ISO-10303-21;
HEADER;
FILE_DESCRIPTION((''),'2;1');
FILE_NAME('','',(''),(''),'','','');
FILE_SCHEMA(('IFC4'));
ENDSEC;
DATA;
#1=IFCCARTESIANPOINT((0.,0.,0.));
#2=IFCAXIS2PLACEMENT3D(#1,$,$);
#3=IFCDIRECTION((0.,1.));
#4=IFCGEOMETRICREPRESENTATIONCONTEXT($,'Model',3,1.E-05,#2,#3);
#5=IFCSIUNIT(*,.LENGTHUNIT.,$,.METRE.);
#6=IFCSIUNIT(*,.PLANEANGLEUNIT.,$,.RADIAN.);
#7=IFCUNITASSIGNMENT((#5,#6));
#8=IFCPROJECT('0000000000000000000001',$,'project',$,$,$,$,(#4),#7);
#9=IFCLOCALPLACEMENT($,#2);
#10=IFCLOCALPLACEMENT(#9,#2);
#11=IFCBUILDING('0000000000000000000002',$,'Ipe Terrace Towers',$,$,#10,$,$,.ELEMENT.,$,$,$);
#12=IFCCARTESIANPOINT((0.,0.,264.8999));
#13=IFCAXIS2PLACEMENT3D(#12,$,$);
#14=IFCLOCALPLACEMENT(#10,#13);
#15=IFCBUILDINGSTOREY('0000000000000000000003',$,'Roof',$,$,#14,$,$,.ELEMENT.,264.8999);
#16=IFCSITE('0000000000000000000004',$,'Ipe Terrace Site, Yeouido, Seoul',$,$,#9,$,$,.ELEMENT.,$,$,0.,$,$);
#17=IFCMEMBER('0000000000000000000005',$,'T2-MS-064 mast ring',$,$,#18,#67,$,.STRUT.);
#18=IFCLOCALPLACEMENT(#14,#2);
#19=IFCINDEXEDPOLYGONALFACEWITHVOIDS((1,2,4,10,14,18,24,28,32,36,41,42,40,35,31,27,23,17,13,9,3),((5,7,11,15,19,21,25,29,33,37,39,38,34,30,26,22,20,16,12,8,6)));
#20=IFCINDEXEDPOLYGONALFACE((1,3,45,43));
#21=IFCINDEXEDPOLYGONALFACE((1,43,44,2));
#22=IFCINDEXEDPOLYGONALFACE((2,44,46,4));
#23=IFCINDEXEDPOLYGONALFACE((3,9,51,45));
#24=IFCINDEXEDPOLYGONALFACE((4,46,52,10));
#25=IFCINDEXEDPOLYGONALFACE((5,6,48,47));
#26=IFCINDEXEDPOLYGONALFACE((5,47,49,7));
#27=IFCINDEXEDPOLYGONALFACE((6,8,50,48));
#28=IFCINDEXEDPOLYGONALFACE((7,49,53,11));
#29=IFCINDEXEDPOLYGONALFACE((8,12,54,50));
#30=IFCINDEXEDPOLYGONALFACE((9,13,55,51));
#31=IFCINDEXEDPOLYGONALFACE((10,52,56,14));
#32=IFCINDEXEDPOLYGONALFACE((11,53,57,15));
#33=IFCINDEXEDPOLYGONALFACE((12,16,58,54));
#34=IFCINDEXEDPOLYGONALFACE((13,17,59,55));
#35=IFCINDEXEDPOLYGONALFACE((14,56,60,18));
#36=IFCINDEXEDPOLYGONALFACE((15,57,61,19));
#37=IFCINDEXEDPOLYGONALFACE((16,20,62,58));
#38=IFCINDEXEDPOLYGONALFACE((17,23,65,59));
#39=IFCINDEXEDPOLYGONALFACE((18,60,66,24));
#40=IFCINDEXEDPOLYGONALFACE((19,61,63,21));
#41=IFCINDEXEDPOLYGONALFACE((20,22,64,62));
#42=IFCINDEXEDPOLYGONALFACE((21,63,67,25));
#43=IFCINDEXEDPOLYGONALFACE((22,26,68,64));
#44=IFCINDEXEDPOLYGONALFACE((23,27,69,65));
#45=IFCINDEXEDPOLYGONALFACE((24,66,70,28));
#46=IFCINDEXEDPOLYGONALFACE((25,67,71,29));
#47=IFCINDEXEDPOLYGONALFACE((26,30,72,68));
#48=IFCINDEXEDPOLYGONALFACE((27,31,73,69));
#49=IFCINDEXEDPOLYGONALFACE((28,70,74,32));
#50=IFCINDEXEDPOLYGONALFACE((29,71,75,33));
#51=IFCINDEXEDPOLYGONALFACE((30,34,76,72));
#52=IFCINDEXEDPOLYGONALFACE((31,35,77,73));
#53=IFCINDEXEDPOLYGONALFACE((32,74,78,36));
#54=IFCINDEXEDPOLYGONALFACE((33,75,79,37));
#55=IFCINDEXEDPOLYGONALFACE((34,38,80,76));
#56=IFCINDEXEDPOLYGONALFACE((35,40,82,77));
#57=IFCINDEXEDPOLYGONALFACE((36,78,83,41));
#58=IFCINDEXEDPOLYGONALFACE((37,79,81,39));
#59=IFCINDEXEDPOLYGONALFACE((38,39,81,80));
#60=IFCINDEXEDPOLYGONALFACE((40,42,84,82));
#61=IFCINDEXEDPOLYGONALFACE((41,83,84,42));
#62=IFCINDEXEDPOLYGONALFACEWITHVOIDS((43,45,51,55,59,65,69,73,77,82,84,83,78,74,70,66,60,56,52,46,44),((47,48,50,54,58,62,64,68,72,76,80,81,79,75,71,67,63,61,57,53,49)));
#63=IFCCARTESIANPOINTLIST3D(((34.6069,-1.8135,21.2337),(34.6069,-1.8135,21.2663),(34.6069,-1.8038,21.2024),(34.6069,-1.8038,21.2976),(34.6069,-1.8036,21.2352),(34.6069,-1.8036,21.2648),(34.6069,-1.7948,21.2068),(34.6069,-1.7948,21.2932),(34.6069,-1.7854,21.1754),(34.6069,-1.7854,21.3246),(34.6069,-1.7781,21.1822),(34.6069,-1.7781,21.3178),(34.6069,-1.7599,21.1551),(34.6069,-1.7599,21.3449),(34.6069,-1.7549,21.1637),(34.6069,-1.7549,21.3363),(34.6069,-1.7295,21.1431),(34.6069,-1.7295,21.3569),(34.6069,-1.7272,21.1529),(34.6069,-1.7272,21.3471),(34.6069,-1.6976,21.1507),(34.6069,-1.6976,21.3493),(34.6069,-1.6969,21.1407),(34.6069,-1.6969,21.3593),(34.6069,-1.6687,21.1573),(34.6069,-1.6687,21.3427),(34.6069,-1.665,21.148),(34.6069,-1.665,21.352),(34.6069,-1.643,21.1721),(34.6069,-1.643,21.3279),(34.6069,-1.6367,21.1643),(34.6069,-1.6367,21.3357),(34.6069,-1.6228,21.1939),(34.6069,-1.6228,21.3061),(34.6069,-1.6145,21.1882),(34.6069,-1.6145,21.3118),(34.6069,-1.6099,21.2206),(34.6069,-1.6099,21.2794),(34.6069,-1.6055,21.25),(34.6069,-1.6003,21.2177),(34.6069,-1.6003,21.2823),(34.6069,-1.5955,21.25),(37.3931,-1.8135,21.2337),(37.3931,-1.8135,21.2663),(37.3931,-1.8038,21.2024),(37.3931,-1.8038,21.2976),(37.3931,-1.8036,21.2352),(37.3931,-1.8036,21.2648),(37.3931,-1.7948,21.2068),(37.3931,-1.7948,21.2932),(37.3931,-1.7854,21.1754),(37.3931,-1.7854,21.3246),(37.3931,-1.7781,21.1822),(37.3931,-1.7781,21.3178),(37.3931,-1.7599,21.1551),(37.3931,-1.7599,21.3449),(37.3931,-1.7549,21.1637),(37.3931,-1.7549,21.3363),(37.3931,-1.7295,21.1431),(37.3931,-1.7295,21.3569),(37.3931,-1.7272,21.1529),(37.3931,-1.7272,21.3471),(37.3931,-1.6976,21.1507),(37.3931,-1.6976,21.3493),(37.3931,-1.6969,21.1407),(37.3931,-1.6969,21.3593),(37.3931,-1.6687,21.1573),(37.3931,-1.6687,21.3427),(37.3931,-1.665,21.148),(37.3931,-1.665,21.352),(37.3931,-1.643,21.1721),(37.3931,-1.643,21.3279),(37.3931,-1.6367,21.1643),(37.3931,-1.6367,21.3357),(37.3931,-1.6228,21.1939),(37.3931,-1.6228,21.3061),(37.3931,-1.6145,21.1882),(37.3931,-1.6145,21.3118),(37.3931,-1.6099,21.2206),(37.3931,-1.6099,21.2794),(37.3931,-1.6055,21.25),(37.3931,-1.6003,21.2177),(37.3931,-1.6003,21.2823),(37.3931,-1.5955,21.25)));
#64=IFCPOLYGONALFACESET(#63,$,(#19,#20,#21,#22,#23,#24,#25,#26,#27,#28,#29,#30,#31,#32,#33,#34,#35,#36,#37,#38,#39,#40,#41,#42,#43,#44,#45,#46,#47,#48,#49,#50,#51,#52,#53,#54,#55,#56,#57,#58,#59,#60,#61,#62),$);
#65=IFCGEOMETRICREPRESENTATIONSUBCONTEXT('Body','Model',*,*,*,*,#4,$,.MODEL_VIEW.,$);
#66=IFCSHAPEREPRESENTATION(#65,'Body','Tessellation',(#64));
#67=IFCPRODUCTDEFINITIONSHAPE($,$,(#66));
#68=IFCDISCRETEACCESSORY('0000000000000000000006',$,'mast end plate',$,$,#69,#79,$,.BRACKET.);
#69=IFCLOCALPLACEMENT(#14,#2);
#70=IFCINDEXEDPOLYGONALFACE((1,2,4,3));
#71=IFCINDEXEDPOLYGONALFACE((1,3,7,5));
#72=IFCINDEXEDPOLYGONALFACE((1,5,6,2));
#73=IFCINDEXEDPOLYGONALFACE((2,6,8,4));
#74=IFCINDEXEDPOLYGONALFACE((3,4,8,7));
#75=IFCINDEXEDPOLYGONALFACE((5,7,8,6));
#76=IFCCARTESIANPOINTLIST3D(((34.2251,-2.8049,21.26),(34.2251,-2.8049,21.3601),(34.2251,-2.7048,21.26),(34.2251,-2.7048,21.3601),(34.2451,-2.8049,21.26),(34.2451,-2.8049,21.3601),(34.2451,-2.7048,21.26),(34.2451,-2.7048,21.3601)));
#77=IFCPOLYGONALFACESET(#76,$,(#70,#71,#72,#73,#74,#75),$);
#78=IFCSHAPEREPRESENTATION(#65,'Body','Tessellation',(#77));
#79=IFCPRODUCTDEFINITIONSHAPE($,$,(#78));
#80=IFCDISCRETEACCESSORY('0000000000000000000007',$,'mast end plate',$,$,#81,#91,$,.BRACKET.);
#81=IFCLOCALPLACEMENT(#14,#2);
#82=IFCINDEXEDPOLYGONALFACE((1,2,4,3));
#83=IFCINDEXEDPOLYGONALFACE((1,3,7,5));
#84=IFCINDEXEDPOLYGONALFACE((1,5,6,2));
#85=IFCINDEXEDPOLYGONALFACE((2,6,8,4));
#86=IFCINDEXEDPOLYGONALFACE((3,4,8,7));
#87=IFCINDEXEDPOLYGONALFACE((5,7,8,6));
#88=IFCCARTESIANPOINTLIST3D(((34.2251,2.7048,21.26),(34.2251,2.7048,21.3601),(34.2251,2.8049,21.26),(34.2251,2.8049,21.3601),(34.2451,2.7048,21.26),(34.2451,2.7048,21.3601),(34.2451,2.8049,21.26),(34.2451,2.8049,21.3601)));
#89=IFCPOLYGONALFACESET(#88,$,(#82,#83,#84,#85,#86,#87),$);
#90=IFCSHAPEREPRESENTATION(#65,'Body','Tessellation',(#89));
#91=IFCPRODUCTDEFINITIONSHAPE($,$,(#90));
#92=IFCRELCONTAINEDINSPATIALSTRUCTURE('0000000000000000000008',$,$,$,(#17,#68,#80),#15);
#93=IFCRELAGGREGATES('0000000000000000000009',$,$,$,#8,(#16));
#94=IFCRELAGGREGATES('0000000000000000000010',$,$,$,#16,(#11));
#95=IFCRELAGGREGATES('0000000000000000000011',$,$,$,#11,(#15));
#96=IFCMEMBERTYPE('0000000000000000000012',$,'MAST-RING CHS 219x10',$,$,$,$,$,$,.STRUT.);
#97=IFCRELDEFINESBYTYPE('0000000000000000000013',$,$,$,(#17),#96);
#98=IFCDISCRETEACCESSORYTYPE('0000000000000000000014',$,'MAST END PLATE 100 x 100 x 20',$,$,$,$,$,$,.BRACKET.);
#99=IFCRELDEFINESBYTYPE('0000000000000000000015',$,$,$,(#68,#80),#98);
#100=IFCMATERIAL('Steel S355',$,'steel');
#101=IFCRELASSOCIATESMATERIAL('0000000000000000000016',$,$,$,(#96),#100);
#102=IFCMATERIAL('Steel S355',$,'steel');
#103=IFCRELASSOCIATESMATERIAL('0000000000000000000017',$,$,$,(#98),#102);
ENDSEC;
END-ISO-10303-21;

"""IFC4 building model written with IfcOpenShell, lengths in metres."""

from ifc_helpers import new_model, si_unit, direction, frame, origin, origin_2d, place, context, subcontext, project, spatial, rectangle, hollow_circle, extrude, material, material_profile, profile_set, type_object, element, save


model = new_model("IFC4")

# Units and contexts
model_context = context("Model", 3, precision=1e-05, world=origin(), true_north=direction((0.0, 1.0)))
body_context = subcontext(model_context, "Body", "Model", "MODEL_VIEW")
ifc_project = project(units=[si_unit("LENGTHUNIT", "METRE"), si_unit("PLANEANGLEUNIT", "RADIAN")], contexts=[model_context])

# Site, building, storey
site_placement = place(None, origin())
site = spatial("IfcSite", under=ifc_project, at=site_placement, Name="Ipe Terrace Site, Yeouido, Seoul", CompositionType="ELEMENT", RefElevation=0.0)
building_placement = place(site_placement, origin())
building = spatial("IfcBuilding", under=site, at=building_placement, Name="Ipe Terrace Towers", CompositionType="ELEMENT")
storey_placement = place(building_placement, frame((0.0, 0.0, 264.8999)))
storey = spatial("IfcBuildingStorey", under=building, at=storey_placement, Name="Roof", CompositionType="ELEMENT", Elevation=264.8999)

# Member
ifc_material_1 = material(Name="Steel S355", Category="steel")
ifc_material_profile_1 = material_profile(ifc_material_1, hollow_circle(Radius=0.1096, WallThickness=0.01, at=origin_2d()), Name="MAST-RING CHS 219x10")
ifc_profile_set_1 = profile_set([ifc_material_profile_1], Name="Steel S355")
member_type_1 = type_object("IfcMemberType", Name="MAST-RING CHS 219x10", PredefinedType="STRUT", material=ifc_profile_set_1)
for number, where, z_axis, x_axis, name in (
    (1, (34.6069, -1.7051, 21.25), (1.0, 0.0, 0.0), (0.0, 1.0, 0.0), "T2-MS-064 mast ring"),
):
    element("IfcMember", number, at=place(storey_placement, frame(where, z_axis=z_axis, x_axis=x_axis)), inside=storey, type_object=member_type_1, Name=name, PredefinedType="STRUT", context=body_context, shape_type="SweptSolid", body=[
        extrude(hollow_circle(Radius=0.1096, WallThickness=0.01, at=origin_2d()), origin(), (0.0, 0.0, 1.0), 2.7861),
    ])

# Discrete accessories
ifc_material_2 = material(Name="Steel S355", Category="steel")
ifc_material_profile_2 = material_profile(ifc_material_2, rectangle(XDim=0.1001, YDim=0.1001, at=origin_2d()), Name="MAST END PLATE 100 x 100 x 20")
ifc_profile_set_2 = profile_set([ifc_material_profile_2], Name="Steel S355")
discrete_accessory_type = type_object("IfcDiscreteAccessoryType", Name="MAST END PLATE 100 x 100 x 20", PredefinedType="BRACKET", material=ifc_profile_set_2)
for number, where, z_axis, x_axis, name in (
    (2, (34.2451, -2.7549, 21.3101), (-1.0, 0.0, 0.0), (0.0, -1.0, 0.0), "mast end plate"),
    (3, (34.2451, 2.7549, 21.3101), (-1.0, 0.0, 0.0), (0.0, -1.0, 0.0), "mast end plate"),
):
    element("IfcDiscreteAccessory", number, at=place(storey_placement, frame(where, z_axis=z_axis, x_axis=x_axis)), inside=storey, type_object=discrete_accessory_type, Name=name, PredefinedType="BRACKET", context=body_context, shape_type="SweptSolid", body=[
        extrude(rectangle(XDim=0.1001, YDim=0.1001, at=origin_2d()), origin(), (0.0, 0.0, 1.0), 0.02),
    ])

save(model, "model.ifc")
